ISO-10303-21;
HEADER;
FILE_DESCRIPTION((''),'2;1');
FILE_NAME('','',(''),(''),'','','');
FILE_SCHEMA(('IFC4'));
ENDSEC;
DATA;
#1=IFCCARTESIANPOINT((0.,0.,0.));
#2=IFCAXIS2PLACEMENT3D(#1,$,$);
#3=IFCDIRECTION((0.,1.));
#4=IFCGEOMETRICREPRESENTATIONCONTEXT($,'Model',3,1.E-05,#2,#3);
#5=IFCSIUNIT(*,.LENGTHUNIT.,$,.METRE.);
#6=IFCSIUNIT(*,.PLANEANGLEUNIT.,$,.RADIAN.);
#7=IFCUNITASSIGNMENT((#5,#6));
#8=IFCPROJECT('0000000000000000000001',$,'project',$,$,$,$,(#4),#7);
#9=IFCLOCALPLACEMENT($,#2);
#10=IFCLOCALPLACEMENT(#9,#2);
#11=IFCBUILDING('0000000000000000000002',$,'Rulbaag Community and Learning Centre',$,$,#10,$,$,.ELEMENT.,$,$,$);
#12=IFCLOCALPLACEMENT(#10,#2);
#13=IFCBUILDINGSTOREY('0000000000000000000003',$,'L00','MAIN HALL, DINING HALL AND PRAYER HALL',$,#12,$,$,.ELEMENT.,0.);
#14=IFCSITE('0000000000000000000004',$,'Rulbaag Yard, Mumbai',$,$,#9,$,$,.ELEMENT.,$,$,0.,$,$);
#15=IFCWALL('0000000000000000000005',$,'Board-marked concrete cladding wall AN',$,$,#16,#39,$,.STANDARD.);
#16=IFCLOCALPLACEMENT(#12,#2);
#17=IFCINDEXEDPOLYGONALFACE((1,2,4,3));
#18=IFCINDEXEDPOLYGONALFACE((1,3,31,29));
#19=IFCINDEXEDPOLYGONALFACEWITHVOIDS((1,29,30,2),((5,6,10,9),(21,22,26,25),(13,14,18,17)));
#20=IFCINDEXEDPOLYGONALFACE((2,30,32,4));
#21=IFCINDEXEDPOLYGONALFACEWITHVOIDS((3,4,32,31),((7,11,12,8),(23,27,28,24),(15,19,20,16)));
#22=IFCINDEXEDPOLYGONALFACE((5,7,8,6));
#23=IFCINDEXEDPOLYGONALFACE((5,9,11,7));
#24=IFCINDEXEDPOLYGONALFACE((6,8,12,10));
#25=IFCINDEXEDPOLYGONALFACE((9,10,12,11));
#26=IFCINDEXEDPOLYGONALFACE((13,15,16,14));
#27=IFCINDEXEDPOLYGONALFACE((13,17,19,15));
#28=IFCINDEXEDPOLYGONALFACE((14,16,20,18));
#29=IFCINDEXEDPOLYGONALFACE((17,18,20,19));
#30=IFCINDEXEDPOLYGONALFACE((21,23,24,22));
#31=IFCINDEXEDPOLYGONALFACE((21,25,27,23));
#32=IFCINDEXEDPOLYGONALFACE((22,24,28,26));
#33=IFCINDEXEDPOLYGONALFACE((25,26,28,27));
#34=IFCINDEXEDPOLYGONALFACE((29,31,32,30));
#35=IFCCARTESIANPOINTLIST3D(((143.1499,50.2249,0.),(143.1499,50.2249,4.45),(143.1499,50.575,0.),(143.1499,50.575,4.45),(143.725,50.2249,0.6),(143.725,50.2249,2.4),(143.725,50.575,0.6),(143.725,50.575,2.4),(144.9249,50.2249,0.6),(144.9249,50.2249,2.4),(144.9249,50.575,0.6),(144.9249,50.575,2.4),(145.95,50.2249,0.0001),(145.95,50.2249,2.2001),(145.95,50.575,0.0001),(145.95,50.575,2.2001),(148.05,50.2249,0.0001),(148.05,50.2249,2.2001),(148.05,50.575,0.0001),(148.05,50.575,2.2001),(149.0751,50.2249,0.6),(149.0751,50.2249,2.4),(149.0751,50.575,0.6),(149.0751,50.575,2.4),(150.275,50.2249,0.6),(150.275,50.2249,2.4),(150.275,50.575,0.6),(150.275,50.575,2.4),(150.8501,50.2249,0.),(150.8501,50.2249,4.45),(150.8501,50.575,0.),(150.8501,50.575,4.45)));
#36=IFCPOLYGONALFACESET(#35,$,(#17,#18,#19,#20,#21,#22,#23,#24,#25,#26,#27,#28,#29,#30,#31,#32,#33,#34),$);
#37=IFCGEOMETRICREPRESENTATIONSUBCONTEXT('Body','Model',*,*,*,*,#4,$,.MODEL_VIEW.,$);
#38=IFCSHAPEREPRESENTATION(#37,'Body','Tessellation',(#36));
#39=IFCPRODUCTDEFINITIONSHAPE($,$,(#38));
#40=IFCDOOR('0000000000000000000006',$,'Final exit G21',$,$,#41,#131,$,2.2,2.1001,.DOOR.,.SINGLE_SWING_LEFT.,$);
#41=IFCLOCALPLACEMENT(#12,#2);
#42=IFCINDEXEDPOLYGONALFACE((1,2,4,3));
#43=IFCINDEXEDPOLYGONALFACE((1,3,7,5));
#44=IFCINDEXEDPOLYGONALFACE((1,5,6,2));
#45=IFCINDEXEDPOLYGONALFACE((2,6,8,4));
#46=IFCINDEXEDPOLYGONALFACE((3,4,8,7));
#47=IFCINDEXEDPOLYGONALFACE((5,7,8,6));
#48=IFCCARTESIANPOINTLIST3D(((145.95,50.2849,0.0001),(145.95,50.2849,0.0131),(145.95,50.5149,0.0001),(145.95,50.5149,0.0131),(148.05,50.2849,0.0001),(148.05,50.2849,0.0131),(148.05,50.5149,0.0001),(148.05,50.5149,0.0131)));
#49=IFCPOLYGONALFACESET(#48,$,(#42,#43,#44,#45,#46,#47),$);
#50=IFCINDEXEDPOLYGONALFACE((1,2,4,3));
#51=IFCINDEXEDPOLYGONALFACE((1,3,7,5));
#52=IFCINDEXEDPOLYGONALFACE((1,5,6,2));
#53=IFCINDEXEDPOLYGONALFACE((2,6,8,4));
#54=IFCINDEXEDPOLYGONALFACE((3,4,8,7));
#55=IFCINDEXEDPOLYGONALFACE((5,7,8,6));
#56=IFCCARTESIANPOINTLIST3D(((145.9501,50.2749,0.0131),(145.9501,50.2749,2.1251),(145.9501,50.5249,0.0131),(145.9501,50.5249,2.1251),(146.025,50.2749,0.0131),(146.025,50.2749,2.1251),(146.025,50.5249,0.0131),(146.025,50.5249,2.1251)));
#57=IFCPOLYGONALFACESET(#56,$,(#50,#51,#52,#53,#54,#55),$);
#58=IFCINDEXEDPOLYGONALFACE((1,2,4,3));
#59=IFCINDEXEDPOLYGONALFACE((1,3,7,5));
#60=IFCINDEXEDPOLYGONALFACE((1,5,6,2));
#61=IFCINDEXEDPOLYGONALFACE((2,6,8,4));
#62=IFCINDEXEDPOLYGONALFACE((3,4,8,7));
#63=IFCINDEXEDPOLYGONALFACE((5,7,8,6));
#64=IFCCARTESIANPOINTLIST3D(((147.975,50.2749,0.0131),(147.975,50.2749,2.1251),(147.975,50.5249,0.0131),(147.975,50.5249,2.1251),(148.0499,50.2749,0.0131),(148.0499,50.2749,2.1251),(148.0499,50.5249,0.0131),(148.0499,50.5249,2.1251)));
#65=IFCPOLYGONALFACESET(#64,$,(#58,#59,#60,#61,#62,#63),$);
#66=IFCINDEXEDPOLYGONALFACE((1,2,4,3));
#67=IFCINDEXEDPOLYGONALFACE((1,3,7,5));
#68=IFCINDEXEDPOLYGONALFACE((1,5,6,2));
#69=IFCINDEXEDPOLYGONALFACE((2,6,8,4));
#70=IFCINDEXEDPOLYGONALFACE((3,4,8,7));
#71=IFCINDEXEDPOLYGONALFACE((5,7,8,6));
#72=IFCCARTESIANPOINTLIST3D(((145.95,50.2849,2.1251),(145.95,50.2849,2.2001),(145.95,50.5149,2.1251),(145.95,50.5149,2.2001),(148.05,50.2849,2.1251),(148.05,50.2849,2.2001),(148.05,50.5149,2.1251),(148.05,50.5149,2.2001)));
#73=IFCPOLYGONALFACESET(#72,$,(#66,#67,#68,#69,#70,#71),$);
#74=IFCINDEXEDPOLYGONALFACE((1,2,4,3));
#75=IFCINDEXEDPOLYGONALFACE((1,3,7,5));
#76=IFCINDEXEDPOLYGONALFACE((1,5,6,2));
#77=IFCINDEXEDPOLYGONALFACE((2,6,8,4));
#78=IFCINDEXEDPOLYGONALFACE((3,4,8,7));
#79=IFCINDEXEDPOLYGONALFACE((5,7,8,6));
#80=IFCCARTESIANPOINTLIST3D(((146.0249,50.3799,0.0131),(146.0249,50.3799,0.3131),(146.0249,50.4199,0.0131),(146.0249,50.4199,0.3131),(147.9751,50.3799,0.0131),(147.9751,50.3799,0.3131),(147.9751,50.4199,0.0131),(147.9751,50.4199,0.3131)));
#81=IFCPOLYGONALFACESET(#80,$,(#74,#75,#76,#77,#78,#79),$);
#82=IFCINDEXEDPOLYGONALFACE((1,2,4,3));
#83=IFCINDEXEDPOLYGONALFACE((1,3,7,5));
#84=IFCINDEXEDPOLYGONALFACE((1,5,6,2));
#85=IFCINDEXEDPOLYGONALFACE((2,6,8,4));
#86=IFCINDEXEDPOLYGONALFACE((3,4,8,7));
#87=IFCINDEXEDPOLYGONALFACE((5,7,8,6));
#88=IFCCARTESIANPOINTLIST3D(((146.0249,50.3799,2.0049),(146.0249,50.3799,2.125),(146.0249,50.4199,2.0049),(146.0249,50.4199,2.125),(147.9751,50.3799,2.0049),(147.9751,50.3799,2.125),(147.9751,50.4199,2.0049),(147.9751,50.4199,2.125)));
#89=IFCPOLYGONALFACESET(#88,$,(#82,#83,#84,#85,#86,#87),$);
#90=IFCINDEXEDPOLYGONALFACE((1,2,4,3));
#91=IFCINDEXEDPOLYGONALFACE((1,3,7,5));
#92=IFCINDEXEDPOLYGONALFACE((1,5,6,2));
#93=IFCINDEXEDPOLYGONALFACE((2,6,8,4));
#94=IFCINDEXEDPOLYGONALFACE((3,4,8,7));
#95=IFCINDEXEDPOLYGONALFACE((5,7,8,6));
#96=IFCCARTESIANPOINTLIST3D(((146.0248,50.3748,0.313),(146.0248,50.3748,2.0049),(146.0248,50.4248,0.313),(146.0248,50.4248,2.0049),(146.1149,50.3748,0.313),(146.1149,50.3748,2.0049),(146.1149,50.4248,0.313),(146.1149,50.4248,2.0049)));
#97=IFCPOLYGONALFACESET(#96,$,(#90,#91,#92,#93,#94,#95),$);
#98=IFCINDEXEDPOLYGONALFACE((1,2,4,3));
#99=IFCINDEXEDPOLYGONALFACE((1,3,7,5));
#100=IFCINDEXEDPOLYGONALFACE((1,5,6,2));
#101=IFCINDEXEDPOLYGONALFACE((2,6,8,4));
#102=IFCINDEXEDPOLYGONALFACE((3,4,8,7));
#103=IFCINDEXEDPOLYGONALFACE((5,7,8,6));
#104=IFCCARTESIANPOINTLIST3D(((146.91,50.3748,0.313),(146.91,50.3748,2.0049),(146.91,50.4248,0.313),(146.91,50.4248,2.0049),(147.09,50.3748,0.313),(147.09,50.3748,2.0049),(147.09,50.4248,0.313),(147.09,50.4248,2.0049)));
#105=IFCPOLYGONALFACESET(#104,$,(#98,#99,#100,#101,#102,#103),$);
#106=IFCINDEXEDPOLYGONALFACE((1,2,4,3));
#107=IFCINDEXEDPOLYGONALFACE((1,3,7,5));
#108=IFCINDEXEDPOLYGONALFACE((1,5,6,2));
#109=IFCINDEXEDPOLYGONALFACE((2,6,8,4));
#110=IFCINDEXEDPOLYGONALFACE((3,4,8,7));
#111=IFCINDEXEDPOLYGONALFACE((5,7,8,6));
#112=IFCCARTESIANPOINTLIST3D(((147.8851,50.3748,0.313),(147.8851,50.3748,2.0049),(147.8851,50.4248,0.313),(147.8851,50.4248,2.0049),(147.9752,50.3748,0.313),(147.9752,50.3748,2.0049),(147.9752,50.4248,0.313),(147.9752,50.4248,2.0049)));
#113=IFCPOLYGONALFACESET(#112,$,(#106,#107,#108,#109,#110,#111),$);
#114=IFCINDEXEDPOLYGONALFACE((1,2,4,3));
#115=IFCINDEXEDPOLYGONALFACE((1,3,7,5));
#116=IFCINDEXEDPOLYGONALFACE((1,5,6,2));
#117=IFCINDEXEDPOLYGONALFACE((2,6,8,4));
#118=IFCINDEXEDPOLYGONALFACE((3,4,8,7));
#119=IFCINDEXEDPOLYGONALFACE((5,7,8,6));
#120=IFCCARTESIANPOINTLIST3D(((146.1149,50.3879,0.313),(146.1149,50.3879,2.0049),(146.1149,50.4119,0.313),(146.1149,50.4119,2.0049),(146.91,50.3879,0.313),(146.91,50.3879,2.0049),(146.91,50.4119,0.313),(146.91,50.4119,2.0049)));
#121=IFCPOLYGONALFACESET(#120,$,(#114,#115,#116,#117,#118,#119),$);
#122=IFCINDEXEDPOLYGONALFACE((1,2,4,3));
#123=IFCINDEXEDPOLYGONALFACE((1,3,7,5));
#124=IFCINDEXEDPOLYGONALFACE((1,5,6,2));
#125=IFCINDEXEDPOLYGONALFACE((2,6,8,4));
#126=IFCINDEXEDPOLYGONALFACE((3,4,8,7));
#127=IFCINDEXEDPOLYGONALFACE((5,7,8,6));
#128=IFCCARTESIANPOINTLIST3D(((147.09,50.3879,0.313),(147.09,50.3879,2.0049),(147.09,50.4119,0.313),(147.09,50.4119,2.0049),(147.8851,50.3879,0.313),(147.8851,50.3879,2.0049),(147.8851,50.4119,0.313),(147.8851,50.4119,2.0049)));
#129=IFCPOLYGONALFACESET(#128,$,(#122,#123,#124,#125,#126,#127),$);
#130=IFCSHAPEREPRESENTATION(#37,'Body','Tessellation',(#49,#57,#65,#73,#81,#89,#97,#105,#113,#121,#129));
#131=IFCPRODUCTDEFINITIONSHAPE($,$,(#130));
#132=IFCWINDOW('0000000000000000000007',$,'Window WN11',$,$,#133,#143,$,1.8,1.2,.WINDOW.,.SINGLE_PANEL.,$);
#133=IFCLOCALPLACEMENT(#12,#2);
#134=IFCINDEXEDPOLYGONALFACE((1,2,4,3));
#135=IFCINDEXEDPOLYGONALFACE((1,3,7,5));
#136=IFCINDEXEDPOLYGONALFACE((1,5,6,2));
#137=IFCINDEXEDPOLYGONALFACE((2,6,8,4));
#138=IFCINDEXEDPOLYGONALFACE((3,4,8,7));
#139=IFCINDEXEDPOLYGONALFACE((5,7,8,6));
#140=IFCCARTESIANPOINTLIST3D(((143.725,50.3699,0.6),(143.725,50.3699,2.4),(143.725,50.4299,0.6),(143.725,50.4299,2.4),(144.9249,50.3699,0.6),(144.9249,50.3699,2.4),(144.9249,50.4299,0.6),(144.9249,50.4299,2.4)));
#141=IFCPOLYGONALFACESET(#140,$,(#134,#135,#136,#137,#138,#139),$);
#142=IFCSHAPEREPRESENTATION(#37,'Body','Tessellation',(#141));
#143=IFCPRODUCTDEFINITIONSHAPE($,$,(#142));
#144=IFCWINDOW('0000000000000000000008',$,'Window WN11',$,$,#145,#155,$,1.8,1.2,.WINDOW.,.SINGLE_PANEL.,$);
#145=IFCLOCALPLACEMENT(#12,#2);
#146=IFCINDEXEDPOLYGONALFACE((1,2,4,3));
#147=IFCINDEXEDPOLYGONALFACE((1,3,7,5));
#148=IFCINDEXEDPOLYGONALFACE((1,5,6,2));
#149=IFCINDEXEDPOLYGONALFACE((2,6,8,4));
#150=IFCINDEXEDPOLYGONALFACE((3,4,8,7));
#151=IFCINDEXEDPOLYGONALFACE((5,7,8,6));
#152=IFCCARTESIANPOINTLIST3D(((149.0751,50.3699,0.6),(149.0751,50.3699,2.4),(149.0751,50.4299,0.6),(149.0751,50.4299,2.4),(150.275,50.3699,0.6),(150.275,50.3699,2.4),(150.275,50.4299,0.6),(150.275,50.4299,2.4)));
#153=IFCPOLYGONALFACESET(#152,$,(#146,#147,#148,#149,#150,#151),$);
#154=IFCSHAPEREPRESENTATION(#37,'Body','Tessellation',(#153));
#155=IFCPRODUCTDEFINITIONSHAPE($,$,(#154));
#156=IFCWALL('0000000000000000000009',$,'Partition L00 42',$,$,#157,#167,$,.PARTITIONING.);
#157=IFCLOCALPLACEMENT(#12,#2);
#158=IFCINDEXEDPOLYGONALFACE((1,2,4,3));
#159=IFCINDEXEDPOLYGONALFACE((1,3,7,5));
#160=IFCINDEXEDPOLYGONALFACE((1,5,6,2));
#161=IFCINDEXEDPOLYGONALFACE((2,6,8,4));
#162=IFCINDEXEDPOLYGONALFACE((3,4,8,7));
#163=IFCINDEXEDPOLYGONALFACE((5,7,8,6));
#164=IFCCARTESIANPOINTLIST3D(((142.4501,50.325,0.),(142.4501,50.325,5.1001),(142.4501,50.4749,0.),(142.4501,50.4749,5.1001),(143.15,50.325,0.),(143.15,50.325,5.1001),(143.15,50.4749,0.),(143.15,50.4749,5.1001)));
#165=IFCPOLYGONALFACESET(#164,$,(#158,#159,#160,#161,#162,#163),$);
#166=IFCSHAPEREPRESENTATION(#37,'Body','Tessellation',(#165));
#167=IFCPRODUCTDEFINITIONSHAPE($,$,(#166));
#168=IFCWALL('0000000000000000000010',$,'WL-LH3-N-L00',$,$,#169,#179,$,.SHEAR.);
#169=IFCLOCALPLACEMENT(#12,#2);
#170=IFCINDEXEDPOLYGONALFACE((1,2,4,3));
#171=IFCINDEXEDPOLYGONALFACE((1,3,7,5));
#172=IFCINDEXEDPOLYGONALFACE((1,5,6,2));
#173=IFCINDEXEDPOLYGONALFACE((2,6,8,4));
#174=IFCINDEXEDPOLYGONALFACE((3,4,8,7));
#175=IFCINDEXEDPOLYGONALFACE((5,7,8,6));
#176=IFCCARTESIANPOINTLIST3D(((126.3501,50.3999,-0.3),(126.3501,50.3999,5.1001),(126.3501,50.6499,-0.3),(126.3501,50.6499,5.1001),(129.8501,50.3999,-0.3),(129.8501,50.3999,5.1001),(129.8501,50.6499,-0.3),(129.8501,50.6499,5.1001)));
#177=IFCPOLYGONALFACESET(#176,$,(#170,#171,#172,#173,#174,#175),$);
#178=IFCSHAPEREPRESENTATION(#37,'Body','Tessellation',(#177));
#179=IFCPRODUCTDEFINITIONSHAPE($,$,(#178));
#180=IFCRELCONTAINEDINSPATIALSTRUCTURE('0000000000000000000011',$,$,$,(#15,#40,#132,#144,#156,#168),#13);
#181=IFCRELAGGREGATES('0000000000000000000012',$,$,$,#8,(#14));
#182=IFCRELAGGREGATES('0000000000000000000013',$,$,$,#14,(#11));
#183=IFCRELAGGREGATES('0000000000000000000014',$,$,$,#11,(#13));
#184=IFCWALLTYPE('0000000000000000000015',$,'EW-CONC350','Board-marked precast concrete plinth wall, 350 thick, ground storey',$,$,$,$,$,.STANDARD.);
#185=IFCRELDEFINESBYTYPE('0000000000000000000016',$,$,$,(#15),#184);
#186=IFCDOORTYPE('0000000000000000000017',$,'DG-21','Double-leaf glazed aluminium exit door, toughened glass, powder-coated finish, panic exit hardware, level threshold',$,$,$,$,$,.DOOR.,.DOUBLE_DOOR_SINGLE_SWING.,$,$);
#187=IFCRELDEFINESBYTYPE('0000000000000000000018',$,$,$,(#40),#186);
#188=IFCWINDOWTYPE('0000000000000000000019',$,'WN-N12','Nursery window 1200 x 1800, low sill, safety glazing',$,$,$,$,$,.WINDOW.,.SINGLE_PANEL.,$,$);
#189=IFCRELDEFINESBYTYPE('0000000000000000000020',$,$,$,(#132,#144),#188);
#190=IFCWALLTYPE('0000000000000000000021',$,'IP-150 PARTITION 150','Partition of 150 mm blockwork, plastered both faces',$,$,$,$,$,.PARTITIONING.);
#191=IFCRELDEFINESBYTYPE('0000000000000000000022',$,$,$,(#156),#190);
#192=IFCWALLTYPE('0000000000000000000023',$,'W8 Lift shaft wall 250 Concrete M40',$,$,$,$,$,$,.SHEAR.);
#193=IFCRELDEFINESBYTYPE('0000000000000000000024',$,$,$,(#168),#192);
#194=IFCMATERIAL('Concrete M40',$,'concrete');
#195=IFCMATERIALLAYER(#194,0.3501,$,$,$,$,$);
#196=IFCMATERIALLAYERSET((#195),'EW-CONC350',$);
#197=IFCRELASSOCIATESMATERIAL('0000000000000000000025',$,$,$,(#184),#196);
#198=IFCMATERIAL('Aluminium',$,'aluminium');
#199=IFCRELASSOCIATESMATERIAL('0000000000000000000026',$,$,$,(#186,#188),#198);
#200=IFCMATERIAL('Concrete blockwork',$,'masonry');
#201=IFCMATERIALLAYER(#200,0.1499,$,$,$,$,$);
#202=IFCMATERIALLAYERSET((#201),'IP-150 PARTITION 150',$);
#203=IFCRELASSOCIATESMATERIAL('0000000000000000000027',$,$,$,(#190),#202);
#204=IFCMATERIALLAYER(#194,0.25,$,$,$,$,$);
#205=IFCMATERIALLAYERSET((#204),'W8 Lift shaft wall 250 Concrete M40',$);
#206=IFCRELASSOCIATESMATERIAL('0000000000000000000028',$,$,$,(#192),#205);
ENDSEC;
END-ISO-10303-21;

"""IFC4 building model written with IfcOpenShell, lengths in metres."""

from ifc_helpers import new_model, si_unit, direction, frame, frame_2d, origin, place, context, subcontext, project, spatial, rectangle, extrude, material, layer, layer_set, type_object, element, fill, save


model = new_model("IFC4")

# Units and contexts
model_context = context("Model", 3, precision=1e-05, world=origin(), true_north=direction((0.0, 1.0)))
body_context = subcontext(model_context, "Body", "Model", "MODEL_VIEW")
ifc_project = project(units=[si_unit("LENGTHUNIT", "METRE"), si_unit("PLANEANGLEUNIT", "RADIAN")], contexts=[model_context])

# Site, building, storey
site_placement = place(None, origin())
site = spatial("IfcSite", under=ifc_project, at=site_placement, Name="Rulbaag Yard, Mumbai", CompositionType="ELEMENT", RefElevation=0.0)
building_placement = place(site_placement, origin())
building = spatial("IfcBuilding", under=site, at=building_placement, Name="Rulbaag Community and Learning Centre", CompositionType="ELEMENT")
storey_placement = place(building_placement, origin())
storey = spatial("IfcBuildingStorey", under=building, at=storey_placement, Name="L00", Description="MAIN HALL, DINING HALL AND PRAYER HALL", CompositionType="ELEMENT", Elevation=0.0)

# Shared definitions
ifc_material_1 = material(Name="Concrete M40", Category="concrete")

# Wall, openings, door, windows
ifc_layer_1 = layer(ifc_material_1, 0.3501)
ifc_layer_set_1 = layer_set([ifc_layer_1], Name="EW-CONC350")
wall_type_1 = type_object("IfcWallType", Name="EW-CONC350", Description="Board-marked precast concrete plinth wall, 350 thick, ground storey", PredefinedType="STANDARD", material=ifc_layer_set_1)
wall_1_placement = place(storey_placement, frame((143.1499, 50.3999, 0.0), z_axis=(0.0, 0.0, 1.0), x_axis=(1.0, 0.0, 0.0)))
wall_1 = element("IfcWall", 1, at=wall_1_placement, inside=storey, type_object=wall_type_1, Name="Board-marked concrete cladding wall AN", PredefinedType="STANDARD", context=body_context, shape_type="SweptSolid", body=[
    extrude(rectangle(XDim=7.7002, YDim=0.3501, at=frame_2d((3.8501, 0.0))), origin(), (0.0, 0.0, 1.0), 4.45),
])
opening_1_placement = place(wall_1_placement, frame((2.8, 0.0, 0.0)))
opening_1 = element("IfcOpeningElement", 2, at=opening_1_placement, cuts=wall_1, PredefinedType="OPENING", context=body_context, shape_type="SweptSolid", body=[
    extrude(rectangle(XDim=2.1001, YDim=2.2, at=frame_2d((1.05, 1.1001))), frame((0.0, 0.1851, 0.0), z_axis=(0.0, -1.0, 0.0), x_axis=(1.0, 0.0, 0.0)), (0.0, 0.0, 1.0), 0.3701),
])
opening_2_placement = place(wall_1_placement, frame((0.575, 0.0, 0.6001)))
opening_2 = element("IfcOpeningElement", 3, at=opening_2_placement, cuts=wall_1, PredefinedType="OPENING", context=body_context, shape_type="SweptSolid", body=[
    extrude(rectangle(XDim=1.2, YDim=1.8, at=frame_2d((0.6001, 0.8999))), frame((0.0, 0.1851, 0.0), z_axis=(0.0, -1.0, 0.0), x_axis=(1.0, 0.0, 0.0)), (0.0, 0.0, 1.0), 0.3701),
])
opening_3_placement = place(wall_1_placement, frame((5.925, 0.0, 0.6001)))
opening_3 = element("IfcOpeningElement", 4, at=opening_3_placement, cuts=wall_1, PredefinedType="OPENING", context=body_context, shape_type="SweptSolid", body=[
    extrude(rectangle(XDim=1.2, YDim=1.8, at=frame_2d((0.6001, 0.8999))), frame((0.0, 0.1851, 0.0), z_axis=(0.0, -1.0, 0.0), x_axis=(1.0, 0.0, 0.0)), (0.0, 0.0, 1.0), 0.3701),
])
ifc_material_2 = material(Name="Aluminium", Category="aluminium")
door_type = type_object("IfcDoorType", Name="DG-21", Description="Double-leaf glazed aluminium exit door, toughened glass, powder-coated finish, panic exit hardware, level threshold", OperationType="DOUBLE_DOOR_SINGLE_SWING", PredefinedType="DOOR", material=ifc_material_2)
door_placement = place(opening_1_placement, origin())
door = element("IfcDoor", 5, at=door_placement, inside=storey, type_object=door_type, Name="Final exit G21", OperationType="SINGLE_SWING_LEFT", OverallHeight=2.2, OverallWidth=2.1001, PredefinedType="DOOR", context=body_context, shape_type="SweptSolid", body=[
    extrude(rectangle(XDim=2.1001, YDim=0.0129, at=frame_2d((1.05, 0.0066))), frame((0.0, 0.115, 0.0), z_axis=(0.0, -1.0, 0.0), x_axis=(1.0, 0.0, 0.0)), (0.0, 0.0, 1.0), 0.23),
    extrude(rectangle(XDim=0.075, YDim=2.1121, at=frame_2d((0.0376, 1.0691))), frame((0.0, 0.125, 0.0), z_axis=(0.0, -1.0, 0.0), x_axis=(1.0, 0.0, 0.0)), (0.0, 0.0, 1.0), 0.25),
    extrude(rectangle(XDim=0.075, YDim=2.1121, at=frame_2d((2.0625, 1.0691))), frame((0.0, 0.125, 0.0), z_axis=(0.0, -1.0, 0.0), x_axis=(1.0, 0.0, 0.0)), (0.0, 0.0, 1.0), 0.25),
    extrude(rectangle(XDim=2.1001, YDim=0.075, at=frame_2d((1.05, 2.1626))), frame((0.0, 0.115, 0.0), z_axis=(0.0, -1.0, 0.0), x_axis=(1.0, 0.0, 0.0)), (0.0, 0.0, 1.0), 0.23),
    extrude(rectangle(XDim=1.9502, YDim=0.3, at=frame_2d((1.05, 0.1631))), frame((0.0, 0.02, 0.0), z_axis=(0.0, -1.0, 0.0), x_axis=(1.0, 0.0, 0.0)), (0.0, 0.0, 1.0), 0.04),
    extrude(rectangle(XDim=1.9502, YDim=0.1201, at=frame_2d((1.05, 2.0649))), frame((0.0, 0.02, 0.0), z_axis=(0.0, -1.0, 0.0), x_axis=(1.0, 0.0, 0.0)), (0.0, 0.0, 1.0), 0.04),
    extrude(rectangle(XDim=0.0901, YDim=1.6919, at=frame_2d((0.1199, 1.1589))), frame((0.0, 0.0249, 0.0), z_axis=(0.0, -1.0, 0.0), x_axis=(1.0, 0.0, 0.0)), (0.0, 0.0, 1.0), 0.05),
    extrude(rectangle(XDim=0.1799, YDim=1.6919, at=frame_2d((1.05, 1.1589))), frame((0.0, 0.0249, 0.0), z_axis=(0.0, -1.0, 0.0), x_axis=(1.0, 0.0, 0.0)), (0.0, 0.0, 1.0), 0.05),
    extrude(rectangle(XDim=0.0901, YDim=1.6919, at=frame_2d((1.9802, 1.1589))), frame((0.0, 0.0249, 0.0), z_axis=(0.0, -1.0, 0.0), x_axis=(1.0, 0.0, 0.0)), (0.0, 0.0, 1.0), 0.05),
    extrude(rectangle(XDim=0.7952, YDim=1.6919, at=frame_2d((0.5625, 1.1589))), frame((0.0, 0.012, 0.0), z_axis=(0.0, -1.0, 0.0), x_axis=(1.0, 0.0, 0.0)), (0.0, 0.0, 1.0), 0.0239),
    extrude(rectangle(XDim=0.7952, YDim=1.6919, at=frame_2d((1.5376, 1.1589))), frame((0.0, 0.012, 0.0), z_axis=(0.0, -1.0, 0.0), x_axis=(1.0, 0.0, 0.0)), (0.0, 0.0, 1.0), 0.0239),
])
fill(opening_1, door)
window_type = type_object("IfcWindowType", Name="WN-N12", Description="Nursery window 1200 x 1800, low sill, safety glazing", PartitioningType="SINGLE_PANEL", PredefinedType="WINDOW", material=ifc_material_2)
window_1_placement = place(opening_2_placement, origin())
window_1 = element("IfcWindow", 6, at=window_1_placement, inside=storey, type_object=window_type, Name="Window WN11", OverallHeight=1.8, OverallWidth=1.2, PartitioningType="SINGLE_PANEL", PredefinedType="WINDOW", context=body_context, shape_type="SweptSolid", body=[
    extrude(rectangle(XDim=1.2, YDim=1.8, at=frame_2d((0.6001, 0.8999))), frame((0.0, 0.03, 0.0), z_axis=(0.0, -1.0, 0.0), x_axis=(1.0, 0.0, 0.0)), (0.0, 0.0, 1.0), 0.0601),
])
fill(opening_2, window_1)
window_2_placement = place(opening_3_placement, origin())
window_2 = element("IfcWindow", 7, at=window_2_placement, inside=storey, type_object=window_type, Name="Window WN11", OverallHeight=1.8, OverallWidth=1.2, PartitioningType="SINGLE_PANEL", PredefinedType="WINDOW", context=body_context, shape_type="SweptSolid", body=[
    extrude(rectangle(XDim=1.2, YDim=1.8, at=frame_2d((0.6001, 0.8999))), frame((0.0, 0.03, 0.0), z_axis=(0.0, -1.0, 0.0), x_axis=(1.0, 0.0, 0.0)), (0.0, 0.0, 1.0), 0.0601),
])
fill(opening_3, window_2)

# Walls
ifc_material_3 = material(Name="Concrete blockwork", Category="masonry")
ifc_layer_2 = layer(ifc_material_3, 0.1499)
ifc_layer_set_2 = layer_set([ifc_layer_2], Name="IP-150 PARTITION 150")
wall_type_2 = type_object("IfcWallType", Name="IP-150 PARTITION 150", Description="Partition of 150 mm blockwork, plastered both faces", PredefinedType="PARTITIONING", material=ifc_layer_set_2)
wall_2_placement = place(storey_placement, frame((142.45, 50.3999, 0.0), z_axis=(0.0, 0.0, 1.0), x_axis=(1.0, 0.0, 0.0)))
element("IfcWall", 8, at=wall_2_placement, inside=storey, type_object=wall_type_2, Name="Partition L00 42", PredefinedType="PARTITIONING", context=body_context, shape_type="SweptSolid", body=[
    extrude(rectangle(XDim=0.7, YDim=0.1499, at=frame_2d((0.3501, 0.0))), origin(), (0.0, 0.0, 1.0), 5.1001),
])
ifc_layer_3 = layer(ifc_material_1, 0.25)
ifc_layer_set_3 = layer_set([ifc_layer_3], Name="W8 Lift shaft wall 250 Concrete M40")
wall_type_3 = type_object("IfcWallType", Name="W8 Lift shaft wall 250 Concrete M40", PredefinedType="SHEAR", material=ifc_layer_set_3)
wall_3_placement = place(storey_placement, frame((126.3501, 50.5249, -0.3), z_axis=(0.0, 0.0, 1.0), x_axis=(1.0, 0.0, 0.0)))
element("IfcWall", 9, at=wall_3_placement, inside=storey, type_object=wall_type_3, Name="WL-LH3-N-L00", PredefinedType="SHEAR", context=body_context, shape_type="SweptSolid", body=[
    extrude(rectangle(XDim=3.5, YDim=0.25, at=frame_2d((1.75, 0.0))), origin(), (0.0, 0.0, 1.0), 5.4001),
])

save(model, "model.ifc")
